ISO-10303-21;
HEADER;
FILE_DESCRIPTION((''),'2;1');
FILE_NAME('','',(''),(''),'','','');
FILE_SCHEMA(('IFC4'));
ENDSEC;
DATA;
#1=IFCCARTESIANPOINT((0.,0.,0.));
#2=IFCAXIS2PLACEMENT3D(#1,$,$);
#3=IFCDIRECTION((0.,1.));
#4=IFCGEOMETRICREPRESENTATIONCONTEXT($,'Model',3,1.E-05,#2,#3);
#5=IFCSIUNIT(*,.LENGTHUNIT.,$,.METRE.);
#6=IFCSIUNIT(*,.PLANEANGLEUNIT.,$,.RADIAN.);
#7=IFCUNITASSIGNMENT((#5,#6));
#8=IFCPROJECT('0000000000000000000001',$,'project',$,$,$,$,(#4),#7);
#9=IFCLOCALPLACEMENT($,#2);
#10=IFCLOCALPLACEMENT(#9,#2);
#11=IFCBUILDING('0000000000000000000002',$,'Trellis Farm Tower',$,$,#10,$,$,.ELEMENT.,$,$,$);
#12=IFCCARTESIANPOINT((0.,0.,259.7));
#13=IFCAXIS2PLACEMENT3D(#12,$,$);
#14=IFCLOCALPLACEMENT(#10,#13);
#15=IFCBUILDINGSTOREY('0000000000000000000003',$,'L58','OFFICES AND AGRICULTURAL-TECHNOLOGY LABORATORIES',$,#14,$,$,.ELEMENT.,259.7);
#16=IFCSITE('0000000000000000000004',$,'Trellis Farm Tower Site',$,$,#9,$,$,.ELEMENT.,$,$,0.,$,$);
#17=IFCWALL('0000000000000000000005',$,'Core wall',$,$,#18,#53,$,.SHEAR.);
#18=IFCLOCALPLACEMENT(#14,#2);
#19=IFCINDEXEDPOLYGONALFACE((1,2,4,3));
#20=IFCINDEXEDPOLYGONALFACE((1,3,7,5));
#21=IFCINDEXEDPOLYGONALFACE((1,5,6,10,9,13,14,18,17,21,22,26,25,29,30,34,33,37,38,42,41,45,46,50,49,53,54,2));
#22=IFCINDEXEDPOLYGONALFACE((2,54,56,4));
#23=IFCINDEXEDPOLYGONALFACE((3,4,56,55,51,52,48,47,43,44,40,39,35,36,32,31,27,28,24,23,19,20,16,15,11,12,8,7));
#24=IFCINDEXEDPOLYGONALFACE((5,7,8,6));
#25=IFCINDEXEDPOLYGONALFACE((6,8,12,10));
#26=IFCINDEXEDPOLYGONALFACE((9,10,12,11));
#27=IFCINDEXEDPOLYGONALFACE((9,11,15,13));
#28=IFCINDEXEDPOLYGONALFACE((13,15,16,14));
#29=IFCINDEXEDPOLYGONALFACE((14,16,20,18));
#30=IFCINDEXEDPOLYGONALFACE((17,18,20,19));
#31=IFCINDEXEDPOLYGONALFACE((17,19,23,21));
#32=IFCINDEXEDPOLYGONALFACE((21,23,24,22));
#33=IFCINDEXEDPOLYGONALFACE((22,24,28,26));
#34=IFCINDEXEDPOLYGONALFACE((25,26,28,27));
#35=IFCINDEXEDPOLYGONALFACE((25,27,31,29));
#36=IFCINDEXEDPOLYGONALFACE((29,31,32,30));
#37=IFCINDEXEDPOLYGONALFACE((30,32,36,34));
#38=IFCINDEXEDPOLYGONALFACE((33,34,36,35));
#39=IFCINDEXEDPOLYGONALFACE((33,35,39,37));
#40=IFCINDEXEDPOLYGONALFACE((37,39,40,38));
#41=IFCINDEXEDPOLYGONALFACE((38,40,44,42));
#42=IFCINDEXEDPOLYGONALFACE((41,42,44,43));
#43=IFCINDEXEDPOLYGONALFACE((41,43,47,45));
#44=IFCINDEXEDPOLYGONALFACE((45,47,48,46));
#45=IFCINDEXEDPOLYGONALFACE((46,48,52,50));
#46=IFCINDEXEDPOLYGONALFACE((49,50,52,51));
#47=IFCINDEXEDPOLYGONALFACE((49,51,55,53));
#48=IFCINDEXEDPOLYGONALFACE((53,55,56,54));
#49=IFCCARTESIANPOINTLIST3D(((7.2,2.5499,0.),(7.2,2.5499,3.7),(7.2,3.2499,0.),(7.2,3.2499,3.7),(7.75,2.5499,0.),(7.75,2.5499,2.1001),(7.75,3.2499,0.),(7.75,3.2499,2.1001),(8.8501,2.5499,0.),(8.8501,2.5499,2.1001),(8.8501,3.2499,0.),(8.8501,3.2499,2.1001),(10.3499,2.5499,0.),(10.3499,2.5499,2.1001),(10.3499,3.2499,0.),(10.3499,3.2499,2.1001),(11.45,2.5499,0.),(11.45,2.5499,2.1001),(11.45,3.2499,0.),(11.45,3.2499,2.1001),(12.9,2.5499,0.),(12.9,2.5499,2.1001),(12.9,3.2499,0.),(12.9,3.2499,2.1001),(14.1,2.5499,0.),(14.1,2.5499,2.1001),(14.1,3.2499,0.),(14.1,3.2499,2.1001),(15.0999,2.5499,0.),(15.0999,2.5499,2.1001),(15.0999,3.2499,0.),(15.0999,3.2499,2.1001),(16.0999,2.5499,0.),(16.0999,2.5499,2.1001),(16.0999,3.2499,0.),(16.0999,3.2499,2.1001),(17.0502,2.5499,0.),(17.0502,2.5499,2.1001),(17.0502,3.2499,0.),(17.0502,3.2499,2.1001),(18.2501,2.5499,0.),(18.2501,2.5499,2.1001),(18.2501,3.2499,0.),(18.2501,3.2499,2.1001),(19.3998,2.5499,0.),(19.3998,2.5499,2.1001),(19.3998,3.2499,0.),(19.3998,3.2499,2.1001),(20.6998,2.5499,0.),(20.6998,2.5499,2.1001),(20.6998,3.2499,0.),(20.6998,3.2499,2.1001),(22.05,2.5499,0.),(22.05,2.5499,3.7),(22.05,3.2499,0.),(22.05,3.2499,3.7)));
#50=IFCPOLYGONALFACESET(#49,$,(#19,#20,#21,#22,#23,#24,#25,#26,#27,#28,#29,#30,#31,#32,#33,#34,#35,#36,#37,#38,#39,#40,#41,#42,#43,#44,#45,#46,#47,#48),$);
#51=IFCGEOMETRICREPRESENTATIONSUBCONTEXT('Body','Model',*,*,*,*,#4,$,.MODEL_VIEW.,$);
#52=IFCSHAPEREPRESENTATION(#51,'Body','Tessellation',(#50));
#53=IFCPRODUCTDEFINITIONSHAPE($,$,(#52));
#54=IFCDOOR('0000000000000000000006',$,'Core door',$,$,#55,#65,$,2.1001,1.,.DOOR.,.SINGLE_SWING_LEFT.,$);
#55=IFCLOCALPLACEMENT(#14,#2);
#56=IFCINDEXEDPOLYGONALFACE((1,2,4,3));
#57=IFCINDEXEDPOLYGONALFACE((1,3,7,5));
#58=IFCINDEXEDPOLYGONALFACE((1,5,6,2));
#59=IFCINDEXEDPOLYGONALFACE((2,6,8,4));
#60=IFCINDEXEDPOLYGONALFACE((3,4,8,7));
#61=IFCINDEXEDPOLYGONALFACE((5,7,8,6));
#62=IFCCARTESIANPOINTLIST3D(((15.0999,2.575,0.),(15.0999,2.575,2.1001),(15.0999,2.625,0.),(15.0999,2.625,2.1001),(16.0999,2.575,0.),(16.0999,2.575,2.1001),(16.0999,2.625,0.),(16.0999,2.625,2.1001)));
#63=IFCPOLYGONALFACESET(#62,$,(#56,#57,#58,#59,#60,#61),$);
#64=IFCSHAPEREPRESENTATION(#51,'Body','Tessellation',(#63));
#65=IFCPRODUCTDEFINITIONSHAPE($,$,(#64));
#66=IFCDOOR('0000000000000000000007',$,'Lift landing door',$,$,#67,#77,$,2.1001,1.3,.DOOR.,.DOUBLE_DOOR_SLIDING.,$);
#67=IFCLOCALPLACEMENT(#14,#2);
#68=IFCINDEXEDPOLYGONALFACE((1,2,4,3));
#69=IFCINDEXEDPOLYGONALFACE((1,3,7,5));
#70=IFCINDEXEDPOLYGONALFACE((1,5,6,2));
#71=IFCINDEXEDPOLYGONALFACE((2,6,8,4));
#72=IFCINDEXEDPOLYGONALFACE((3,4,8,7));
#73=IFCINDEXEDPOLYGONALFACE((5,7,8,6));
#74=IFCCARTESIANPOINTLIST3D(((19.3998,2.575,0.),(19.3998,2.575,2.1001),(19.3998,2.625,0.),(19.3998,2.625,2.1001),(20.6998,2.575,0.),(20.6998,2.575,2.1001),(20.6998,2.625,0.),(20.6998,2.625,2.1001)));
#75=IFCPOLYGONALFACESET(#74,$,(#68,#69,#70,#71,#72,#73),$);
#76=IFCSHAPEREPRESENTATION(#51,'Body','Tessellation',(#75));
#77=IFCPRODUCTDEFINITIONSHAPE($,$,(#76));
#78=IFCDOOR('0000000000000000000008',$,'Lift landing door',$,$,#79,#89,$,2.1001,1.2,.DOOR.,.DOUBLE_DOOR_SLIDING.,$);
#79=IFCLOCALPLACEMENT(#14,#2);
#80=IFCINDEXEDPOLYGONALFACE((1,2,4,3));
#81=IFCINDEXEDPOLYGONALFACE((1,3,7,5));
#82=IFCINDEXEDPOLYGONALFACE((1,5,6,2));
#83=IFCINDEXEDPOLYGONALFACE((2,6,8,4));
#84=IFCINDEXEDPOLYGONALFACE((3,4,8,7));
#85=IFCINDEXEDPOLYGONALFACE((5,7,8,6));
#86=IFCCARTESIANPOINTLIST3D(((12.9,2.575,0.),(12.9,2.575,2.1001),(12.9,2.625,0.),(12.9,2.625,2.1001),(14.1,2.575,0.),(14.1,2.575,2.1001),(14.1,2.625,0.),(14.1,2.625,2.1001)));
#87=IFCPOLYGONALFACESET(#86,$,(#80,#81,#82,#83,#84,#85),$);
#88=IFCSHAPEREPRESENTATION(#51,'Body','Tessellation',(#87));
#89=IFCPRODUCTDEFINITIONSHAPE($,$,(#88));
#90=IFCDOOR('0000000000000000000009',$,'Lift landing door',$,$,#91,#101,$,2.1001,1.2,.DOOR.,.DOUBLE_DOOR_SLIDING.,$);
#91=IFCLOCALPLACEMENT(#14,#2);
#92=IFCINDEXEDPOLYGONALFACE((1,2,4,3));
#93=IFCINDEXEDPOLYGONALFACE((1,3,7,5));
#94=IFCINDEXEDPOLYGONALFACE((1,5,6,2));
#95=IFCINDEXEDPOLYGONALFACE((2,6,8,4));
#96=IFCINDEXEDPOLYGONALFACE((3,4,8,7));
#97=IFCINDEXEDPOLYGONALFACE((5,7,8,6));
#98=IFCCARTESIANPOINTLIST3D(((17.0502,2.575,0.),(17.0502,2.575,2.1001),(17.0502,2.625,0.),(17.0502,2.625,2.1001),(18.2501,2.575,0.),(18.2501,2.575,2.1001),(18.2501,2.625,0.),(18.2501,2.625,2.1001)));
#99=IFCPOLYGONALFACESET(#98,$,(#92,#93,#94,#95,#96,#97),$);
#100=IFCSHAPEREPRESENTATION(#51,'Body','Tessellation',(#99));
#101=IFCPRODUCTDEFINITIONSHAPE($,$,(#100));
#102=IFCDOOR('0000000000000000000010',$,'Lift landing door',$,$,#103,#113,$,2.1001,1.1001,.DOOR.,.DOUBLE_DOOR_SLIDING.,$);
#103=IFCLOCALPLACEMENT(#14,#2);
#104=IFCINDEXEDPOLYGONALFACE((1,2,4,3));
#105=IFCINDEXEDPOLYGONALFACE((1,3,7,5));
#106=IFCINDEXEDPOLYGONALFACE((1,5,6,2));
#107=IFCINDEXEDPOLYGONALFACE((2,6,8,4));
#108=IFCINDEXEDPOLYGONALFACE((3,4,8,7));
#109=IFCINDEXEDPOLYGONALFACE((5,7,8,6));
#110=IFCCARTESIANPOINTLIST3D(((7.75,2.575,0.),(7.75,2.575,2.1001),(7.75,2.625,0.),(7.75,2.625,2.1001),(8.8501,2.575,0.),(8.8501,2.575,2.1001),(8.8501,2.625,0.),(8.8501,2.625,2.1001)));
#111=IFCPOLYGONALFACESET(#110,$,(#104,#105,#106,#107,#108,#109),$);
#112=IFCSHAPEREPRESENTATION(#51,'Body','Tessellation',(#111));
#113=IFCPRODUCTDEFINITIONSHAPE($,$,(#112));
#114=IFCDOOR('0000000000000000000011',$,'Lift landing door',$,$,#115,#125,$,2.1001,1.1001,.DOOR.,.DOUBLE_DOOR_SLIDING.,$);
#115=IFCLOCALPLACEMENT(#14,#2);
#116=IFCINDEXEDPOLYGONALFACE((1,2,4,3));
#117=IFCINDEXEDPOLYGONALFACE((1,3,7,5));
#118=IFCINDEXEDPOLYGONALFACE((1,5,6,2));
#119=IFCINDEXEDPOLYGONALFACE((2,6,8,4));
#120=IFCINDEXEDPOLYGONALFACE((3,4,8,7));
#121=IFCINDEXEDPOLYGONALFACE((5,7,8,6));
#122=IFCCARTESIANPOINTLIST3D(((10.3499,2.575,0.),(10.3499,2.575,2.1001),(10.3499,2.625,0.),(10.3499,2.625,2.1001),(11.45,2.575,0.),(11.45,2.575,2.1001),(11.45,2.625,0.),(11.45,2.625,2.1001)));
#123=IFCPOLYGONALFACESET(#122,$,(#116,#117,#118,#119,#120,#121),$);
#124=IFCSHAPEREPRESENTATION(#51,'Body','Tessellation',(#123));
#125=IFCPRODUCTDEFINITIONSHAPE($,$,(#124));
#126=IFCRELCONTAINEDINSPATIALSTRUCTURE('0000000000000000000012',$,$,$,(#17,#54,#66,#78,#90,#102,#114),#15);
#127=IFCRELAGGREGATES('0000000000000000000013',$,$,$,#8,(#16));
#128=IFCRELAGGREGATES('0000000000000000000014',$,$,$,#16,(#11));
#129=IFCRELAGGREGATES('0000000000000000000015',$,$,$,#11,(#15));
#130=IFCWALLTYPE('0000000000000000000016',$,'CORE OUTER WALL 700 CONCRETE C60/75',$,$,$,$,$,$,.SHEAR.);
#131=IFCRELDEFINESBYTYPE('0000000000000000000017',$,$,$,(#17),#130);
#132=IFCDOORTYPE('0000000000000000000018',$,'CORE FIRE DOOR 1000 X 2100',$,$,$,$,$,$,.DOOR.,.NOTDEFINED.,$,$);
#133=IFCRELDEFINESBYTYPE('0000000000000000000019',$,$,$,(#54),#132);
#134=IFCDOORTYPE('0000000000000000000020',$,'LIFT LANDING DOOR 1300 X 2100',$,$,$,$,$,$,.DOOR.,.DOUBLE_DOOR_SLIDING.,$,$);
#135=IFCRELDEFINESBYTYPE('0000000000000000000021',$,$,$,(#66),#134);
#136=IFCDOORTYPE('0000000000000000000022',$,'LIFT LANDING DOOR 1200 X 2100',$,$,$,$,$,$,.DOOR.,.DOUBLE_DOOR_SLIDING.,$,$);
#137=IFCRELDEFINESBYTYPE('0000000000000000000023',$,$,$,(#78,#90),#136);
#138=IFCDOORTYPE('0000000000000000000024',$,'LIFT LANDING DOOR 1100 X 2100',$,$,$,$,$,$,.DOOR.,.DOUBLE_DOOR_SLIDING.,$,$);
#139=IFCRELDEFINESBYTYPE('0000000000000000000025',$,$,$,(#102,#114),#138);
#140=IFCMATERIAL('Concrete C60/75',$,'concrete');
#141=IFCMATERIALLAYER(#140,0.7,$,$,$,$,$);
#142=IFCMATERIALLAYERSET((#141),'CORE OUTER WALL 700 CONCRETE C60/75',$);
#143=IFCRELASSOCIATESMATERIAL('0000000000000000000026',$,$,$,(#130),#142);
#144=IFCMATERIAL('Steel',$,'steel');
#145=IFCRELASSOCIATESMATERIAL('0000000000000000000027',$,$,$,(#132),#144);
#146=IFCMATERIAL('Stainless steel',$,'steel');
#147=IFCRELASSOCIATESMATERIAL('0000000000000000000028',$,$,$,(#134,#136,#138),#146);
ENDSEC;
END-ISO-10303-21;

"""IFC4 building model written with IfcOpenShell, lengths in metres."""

from ifc_helpers import new_model, si_unit, direction, frame, frame_2d, origin, place, context, subcontext, project, spatial, rectangle, extrude, source, transform, mapped, material, layer, layer_set, type_object, element, fill, save


model = new_model("IFC4")

# Units and contexts
model_context = context("Model", 3, precision=1e-05, world=origin(), true_north=direction((0.0, 1.0)))
body_context = subcontext(model_context, "Body", "Model", "MODEL_VIEW")
ifc_project = project(units=[si_unit("LENGTHUNIT", "METRE"), si_unit("PLANEANGLEUNIT", "RADIAN")], contexts=[model_context])

# Site, building, storey
site_placement = place(None, origin())
site = spatial("IfcSite", under=ifc_project, at=site_placement, Name="Trellis Farm Tower Site", CompositionType="ELEMENT", RefElevation=0.0)
building_placement = place(site_placement, origin())
building = spatial("IfcBuilding", under=site, at=building_placement, Name="Trellis Farm Tower", CompositionType="ELEMENT")
storey_placement = place(building_placement, frame((0.0, 0.0, 259.7)))
storey = spatial("IfcBuildingStorey", under=building, at=storey_placement, Name="L58", Description="OFFICES AND AGRICULTURAL-TECHNOLOGY LABORATORIES", CompositionType="ELEMENT", Elevation=259.7)

# Shared definitions
ifc_material_1 = material(Name="Concrete C60/75", Category="concrete")

# Shared definitions
ifc_material_2 = material(Name="Steel", Category="steel")

# Wall, openings, doors
ifc_layer_1 = layer(ifc_material_1, 0.7)
ifc_layer_set_1 = layer_set([ifc_layer_1], Name="CORE OUTER WALL 700 CONCRETE C60/75")
wall_type_1 = type_object("IfcWallType", Name="CORE OUTER WALL 700 CONCRETE C60/75", PredefinedType="SHEAR", material=ifc_layer_set_1)
shared_shape_1 = source(origin(), body_context, "Body", "SweptSolid", [
    extrude(rectangle(XDim=14.8501, YDim=0.7, at=frame_2d((7.425, 0.0))), origin(), (0.0, 0.0, 1.0), 3.7),
])
wall_1_placement = place(storey_placement, frame((7.2, 2.8999, 0.0), z_axis=(0.0, 0.0, 1.0), x_axis=(1.0, 0.0, 0.0)))
wall_1 = element("IfcWall", 1, at=wall_1_placement, inside=storey, type_object=wall_type_1, Name="Core wall", PredefinedType="SHEAR", context=body_context, shape_type="MappedRepresentation", body=[
    mapped(shared_shape_1, transform((0.0, 0.0, 0.0))),
])
shared_shape_2 = source(origin(), body_context, "Body", "SweptSolid", [
    extrude(rectangle(XDim=1.1001, YDim=2.1001, at=frame_2d((0.55, 1.05))), frame((0.0, 0.3601, 0.0), z_axis=(0.0, -1.0, 0.0), x_axis=(1.0, 0.0, 0.0)), (0.0, 0.0, 1.0), 0.7202),
])
opening_1_placement = place(wall_1_placement, frame((0.55, 0.0, 0.0)))
opening_1 = element("IfcOpeningElement", 2, at=opening_1_placement, cuts=wall_1, PredefinedType="OPENING", context=body_context, shape_type="MappedRepresentation", body=[
    mapped(shared_shape_2, transform((0.0, 0.0, 0.0))),
])
opening_2_placement = place(wall_1_placement, frame((3.1499, 0.0, 0.0)))
opening_2 = element("IfcOpeningElement", 3, at=opening_2_placement, cuts=wall_1, PredefinedType="OPENING", context=body_context, shape_type="MappedRepresentation", body=[
    mapped(shared_shape_2, transform((0.0, 0.0, 0.0))),
])
shared_shape_3 = source(origin(), body_context, "Body", "SweptSolid", [
    extrude(rectangle(XDim=1.2, YDim=2.1001, at=frame_2d((0.6001, 1.05))), frame((0.0, 0.3601, 0.0), z_axis=(0.0, -1.0, 0.0), x_axis=(1.0, 0.0, 0.0)), (0.0, 0.0, 1.0), 0.7202),
])
opening_3_placement = place(wall_1_placement, frame((5.7, 0.0, 0.0)))
opening_3 = element("IfcOpeningElement", 4, at=opening_3_placement, cuts=wall_1, PredefinedType="OPENING", context=body_context, shape_type="MappedRepresentation", body=[
    mapped(shared_shape_3, transform((0.0, 0.0, 0.0))),
])
shared_shape_4 = source(origin(), body_context, "Body", "SweptSolid", [
    extrude(rectangle(XDim=1.3, YDim=2.1001, at=frame_2d((0.6499, 1.05))), frame((0.0, 0.3601, 0.0), z_axis=(0.0, -1.0, 0.0), x_axis=(1.0, 0.0, 0.0)), (0.0, 0.0, 1.0), 0.7202),
])
opening_4_placement = place(wall_1_placement, frame((12.2, 0.0, 0.0)))
opening_4 = element("IfcOpeningElement", 5, at=opening_4_placement, cuts=wall_1, PredefinedType="OPENING", context=body_context, shape_type="MappedRepresentation", body=[
    mapped(shared_shape_4, transform((0.0, 0.0, 0.0))),
])
opening_5_placement = place(wall_1_placement, frame((9.8501, 0.0, 0.0)))
opening_5 = element("IfcOpeningElement", 6, at=opening_5_placement, cuts=wall_1, PredefinedType="OPENING", context=body_context, shape_type="MappedRepresentation", body=[
    mapped(shared_shape_3, transform((0.0, 0.0, 0.0))),
])
shared_shape_5 = source(origin(), body_context, "Body", "SweptSolid", [
    extrude(rectangle(XDim=1.0, YDim=2.1001, at=frame_2d((0.5, 1.05))), frame((0.0, 0.3601, 0.0), z_axis=(0.0, -1.0, 0.0), x_axis=(1.0, 0.0, 0.0)), (0.0, 0.0, 1.0), 0.7202),
])
opening_6_placement = place(wall_1_placement, frame((7.8999, 0.0, 0.0)))
opening_6 = element("IfcOpeningElement", 7, at=opening_6_placement, cuts=wall_1, PredefinedType="OPENING", context=body_context, shape_type="MappedRepresentation", body=[
    mapped(shared_shape_5, transform((0.0, 0.0, 0.0))),
])
door_type_1 = type_object("IfcDoorType", Name="CORE FIRE DOOR 1000 X 2100", OperationType="NOTDEFINED", PredefinedType="DOOR", material=ifc_material_2)
shared_shape_6 = source(origin(), body_context, "Body", "SweptSolid", [
    extrude(rectangle(XDim=1.0, YDim=2.1001, at=frame_2d((0.5, 1.05))), frame((0.0, -0.2749, 0.0), z_axis=(0.0, -1.0, 0.0), x_axis=(1.0, 0.0, 0.0)), (0.0, 0.0, 1.0), 0.05),
])
door_1_placement = place(opening_6_placement, origin())
door_1 = element("IfcDoor", 8, at=door_1_placement, inside=storey, type_object=door_type_1, Name="Core door", OperationType="SINGLE_SWING_LEFT", OverallHeight=2.1001, OverallWidth=1.0, PredefinedType="DOOR", context=body_context, shape_type="MappedRepresentation", body=[
    mapped(shared_shape_6, transform((0.0, 0.0, 0.0))),
])
fill(opening_6, door_1)
ifc_material_3 = material(Name="Stainless steel", Category="steel")
door_type_2 = type_object("IfcDoorType", Name="LIFT LANDING DOOR 1300 X 2100", OperationType="DOUBLE_DOOR_SLIDING", PredefinedType="DOOR", material=ifc_material_3)
shared_shape_7 = source(origin(), body_context, "Body", "SweptSolid", [
    extrude(rectangle(XDim=1.3, YDim=2.1001, at=frame_2d((0.6499, 1.05))), frame((0.0, -0.2749, 0.0), z_axis=(0.0, -1.0, 0.0), x_axis=(1.0, 0.0, 0.0)), (0.0, 0.0, 1.0), 0.05),
])
door_2_placement = place(opening_4_placement, origin())
door_2 = element("IfcDoor", 9, at=door_2_placement, inside=storey, type_object=door_type_2, Name="Lift landing door", OperationType="DOUBLE_DOOR_SLIDING", OverallHeight=2.1001, OverallWidth=1.3, PredefinedType="DOOR", context=body_context, shape_type="MappedRepresentation", body=[
    mapped(shared_shape_7, transform((0.0, 0.0, 0.0))),
])
fill(opening_4, door_2)
door_type_3 = type_object("IfcDoorType", Name="LIFT LANDING DOOR 1200 X 2100", OperationType="DOUBLE_DOOR_SLIDING", PredefinedType="DOOR", material=ifc_material_3)
shared_shape_8 = source(origin(), body_context, "Body", "SweptSolid", [
    extrude(rectangle(XDim=1.2, YDim=2.1001, at=frame_2d((0.6001, 1.05))), frame((0.0, -0.2749, 0.0), z_axis=(0.0, -1.0, 0.0), x_axis=(1.0, 0.0, 0.0)), (0.0, 0.0, 1.0), 0.05),
])
door_3_placement = place(opening_3_placement, origin())
door_3 = element("IfcDoor", 10, at=door_3_placement, inside=storey, type_object=door_type_3, Name="Lift landing door", OperationType="DOUBLE_DOOR_SLIDING", OverallHeight=2.1001, OverallWidth=1.2, PredefinedType="DOOR", context=body_context, shape_type="MappedRepresentation", body=[
    mapped(shared_shape_8, transform((0.0, 0.0, 0.0))),
])
fill(opening_3, door_3)
door_4_placement = place(opening_5_placement, origin())
door_4 = element("IfcDoor", 11, at=door_4_placement, inside=storey, type_object=door_type_3, Name="Lift landing door", OperationType="DOUBLE_DOOR_SLIDING", OverallHeight=2.1001, OverallWidth=1.2, PredefinedType="DOOR", context=body_context, shape_type="MappedRepresentation", body=[
    mapped(shared_shape_8, transform((0.0, 0.0, 0.0))),
])
fill(opening_5, door_4)
door_type_4 = type_object("IfcDoorType", Name="LIFT LANDING DOOR 1100 X 2100", OperationType="DOUBLE_DOOR_SLIDING", PredefinedType="DOOR", material=ifc_material_3)
shared_shape_9 = source(origin(), body_context, "Body", "SweptSolid", [
    extrude(rectangle(XDim=1.1001, YDim=2.1001, at=frame_2d((0.55, 1.05))), frame((0.0, -0.2749, 0.0), z_axis=(0.0, -1.0, 0.0), x_axis=(1.0, 0.0, 0.0)), (0.0, 0.0, 1.0), 0.05),
])
door_5_placement = place(opening_1_placement, origin())
door_5 = element("IfcDoor", 12, at=door_5_placement, inside=storey, type_object=door_type_4, Name="Lift landing door", OperationType="DOUBLE_DOOR_SLIDING", OverallHeight=2.1001, OverallWidth=1.1001, PredefinedType="DOOR", context=body_context, shape_type="MappedRepresentation", body=[
    mapped(shared_shape_9, transform((0.0, 0.0, 0.0))),
])
fill(opening_1, door_5)
door_6_placement = place(opening_2_placement, origin())
door_6 = element("IfcDoor", 13, at=door_6_placement, inside=storey, type_object=door_type_4, Name="Lift landing door", OperationType="DOUBLE_DOOR_SLIDING", OverallHeight=2.1001, OverallWidth=1.1001, PredefinedType="DOOR", context=body_context, shape_type="MappedRepresentation", body=[
    mapped(shared_shape_9, transform((0.0, 0.0, 0.0))),
])
fill(opening_2, door_6)

save(model, "model.ifc")
